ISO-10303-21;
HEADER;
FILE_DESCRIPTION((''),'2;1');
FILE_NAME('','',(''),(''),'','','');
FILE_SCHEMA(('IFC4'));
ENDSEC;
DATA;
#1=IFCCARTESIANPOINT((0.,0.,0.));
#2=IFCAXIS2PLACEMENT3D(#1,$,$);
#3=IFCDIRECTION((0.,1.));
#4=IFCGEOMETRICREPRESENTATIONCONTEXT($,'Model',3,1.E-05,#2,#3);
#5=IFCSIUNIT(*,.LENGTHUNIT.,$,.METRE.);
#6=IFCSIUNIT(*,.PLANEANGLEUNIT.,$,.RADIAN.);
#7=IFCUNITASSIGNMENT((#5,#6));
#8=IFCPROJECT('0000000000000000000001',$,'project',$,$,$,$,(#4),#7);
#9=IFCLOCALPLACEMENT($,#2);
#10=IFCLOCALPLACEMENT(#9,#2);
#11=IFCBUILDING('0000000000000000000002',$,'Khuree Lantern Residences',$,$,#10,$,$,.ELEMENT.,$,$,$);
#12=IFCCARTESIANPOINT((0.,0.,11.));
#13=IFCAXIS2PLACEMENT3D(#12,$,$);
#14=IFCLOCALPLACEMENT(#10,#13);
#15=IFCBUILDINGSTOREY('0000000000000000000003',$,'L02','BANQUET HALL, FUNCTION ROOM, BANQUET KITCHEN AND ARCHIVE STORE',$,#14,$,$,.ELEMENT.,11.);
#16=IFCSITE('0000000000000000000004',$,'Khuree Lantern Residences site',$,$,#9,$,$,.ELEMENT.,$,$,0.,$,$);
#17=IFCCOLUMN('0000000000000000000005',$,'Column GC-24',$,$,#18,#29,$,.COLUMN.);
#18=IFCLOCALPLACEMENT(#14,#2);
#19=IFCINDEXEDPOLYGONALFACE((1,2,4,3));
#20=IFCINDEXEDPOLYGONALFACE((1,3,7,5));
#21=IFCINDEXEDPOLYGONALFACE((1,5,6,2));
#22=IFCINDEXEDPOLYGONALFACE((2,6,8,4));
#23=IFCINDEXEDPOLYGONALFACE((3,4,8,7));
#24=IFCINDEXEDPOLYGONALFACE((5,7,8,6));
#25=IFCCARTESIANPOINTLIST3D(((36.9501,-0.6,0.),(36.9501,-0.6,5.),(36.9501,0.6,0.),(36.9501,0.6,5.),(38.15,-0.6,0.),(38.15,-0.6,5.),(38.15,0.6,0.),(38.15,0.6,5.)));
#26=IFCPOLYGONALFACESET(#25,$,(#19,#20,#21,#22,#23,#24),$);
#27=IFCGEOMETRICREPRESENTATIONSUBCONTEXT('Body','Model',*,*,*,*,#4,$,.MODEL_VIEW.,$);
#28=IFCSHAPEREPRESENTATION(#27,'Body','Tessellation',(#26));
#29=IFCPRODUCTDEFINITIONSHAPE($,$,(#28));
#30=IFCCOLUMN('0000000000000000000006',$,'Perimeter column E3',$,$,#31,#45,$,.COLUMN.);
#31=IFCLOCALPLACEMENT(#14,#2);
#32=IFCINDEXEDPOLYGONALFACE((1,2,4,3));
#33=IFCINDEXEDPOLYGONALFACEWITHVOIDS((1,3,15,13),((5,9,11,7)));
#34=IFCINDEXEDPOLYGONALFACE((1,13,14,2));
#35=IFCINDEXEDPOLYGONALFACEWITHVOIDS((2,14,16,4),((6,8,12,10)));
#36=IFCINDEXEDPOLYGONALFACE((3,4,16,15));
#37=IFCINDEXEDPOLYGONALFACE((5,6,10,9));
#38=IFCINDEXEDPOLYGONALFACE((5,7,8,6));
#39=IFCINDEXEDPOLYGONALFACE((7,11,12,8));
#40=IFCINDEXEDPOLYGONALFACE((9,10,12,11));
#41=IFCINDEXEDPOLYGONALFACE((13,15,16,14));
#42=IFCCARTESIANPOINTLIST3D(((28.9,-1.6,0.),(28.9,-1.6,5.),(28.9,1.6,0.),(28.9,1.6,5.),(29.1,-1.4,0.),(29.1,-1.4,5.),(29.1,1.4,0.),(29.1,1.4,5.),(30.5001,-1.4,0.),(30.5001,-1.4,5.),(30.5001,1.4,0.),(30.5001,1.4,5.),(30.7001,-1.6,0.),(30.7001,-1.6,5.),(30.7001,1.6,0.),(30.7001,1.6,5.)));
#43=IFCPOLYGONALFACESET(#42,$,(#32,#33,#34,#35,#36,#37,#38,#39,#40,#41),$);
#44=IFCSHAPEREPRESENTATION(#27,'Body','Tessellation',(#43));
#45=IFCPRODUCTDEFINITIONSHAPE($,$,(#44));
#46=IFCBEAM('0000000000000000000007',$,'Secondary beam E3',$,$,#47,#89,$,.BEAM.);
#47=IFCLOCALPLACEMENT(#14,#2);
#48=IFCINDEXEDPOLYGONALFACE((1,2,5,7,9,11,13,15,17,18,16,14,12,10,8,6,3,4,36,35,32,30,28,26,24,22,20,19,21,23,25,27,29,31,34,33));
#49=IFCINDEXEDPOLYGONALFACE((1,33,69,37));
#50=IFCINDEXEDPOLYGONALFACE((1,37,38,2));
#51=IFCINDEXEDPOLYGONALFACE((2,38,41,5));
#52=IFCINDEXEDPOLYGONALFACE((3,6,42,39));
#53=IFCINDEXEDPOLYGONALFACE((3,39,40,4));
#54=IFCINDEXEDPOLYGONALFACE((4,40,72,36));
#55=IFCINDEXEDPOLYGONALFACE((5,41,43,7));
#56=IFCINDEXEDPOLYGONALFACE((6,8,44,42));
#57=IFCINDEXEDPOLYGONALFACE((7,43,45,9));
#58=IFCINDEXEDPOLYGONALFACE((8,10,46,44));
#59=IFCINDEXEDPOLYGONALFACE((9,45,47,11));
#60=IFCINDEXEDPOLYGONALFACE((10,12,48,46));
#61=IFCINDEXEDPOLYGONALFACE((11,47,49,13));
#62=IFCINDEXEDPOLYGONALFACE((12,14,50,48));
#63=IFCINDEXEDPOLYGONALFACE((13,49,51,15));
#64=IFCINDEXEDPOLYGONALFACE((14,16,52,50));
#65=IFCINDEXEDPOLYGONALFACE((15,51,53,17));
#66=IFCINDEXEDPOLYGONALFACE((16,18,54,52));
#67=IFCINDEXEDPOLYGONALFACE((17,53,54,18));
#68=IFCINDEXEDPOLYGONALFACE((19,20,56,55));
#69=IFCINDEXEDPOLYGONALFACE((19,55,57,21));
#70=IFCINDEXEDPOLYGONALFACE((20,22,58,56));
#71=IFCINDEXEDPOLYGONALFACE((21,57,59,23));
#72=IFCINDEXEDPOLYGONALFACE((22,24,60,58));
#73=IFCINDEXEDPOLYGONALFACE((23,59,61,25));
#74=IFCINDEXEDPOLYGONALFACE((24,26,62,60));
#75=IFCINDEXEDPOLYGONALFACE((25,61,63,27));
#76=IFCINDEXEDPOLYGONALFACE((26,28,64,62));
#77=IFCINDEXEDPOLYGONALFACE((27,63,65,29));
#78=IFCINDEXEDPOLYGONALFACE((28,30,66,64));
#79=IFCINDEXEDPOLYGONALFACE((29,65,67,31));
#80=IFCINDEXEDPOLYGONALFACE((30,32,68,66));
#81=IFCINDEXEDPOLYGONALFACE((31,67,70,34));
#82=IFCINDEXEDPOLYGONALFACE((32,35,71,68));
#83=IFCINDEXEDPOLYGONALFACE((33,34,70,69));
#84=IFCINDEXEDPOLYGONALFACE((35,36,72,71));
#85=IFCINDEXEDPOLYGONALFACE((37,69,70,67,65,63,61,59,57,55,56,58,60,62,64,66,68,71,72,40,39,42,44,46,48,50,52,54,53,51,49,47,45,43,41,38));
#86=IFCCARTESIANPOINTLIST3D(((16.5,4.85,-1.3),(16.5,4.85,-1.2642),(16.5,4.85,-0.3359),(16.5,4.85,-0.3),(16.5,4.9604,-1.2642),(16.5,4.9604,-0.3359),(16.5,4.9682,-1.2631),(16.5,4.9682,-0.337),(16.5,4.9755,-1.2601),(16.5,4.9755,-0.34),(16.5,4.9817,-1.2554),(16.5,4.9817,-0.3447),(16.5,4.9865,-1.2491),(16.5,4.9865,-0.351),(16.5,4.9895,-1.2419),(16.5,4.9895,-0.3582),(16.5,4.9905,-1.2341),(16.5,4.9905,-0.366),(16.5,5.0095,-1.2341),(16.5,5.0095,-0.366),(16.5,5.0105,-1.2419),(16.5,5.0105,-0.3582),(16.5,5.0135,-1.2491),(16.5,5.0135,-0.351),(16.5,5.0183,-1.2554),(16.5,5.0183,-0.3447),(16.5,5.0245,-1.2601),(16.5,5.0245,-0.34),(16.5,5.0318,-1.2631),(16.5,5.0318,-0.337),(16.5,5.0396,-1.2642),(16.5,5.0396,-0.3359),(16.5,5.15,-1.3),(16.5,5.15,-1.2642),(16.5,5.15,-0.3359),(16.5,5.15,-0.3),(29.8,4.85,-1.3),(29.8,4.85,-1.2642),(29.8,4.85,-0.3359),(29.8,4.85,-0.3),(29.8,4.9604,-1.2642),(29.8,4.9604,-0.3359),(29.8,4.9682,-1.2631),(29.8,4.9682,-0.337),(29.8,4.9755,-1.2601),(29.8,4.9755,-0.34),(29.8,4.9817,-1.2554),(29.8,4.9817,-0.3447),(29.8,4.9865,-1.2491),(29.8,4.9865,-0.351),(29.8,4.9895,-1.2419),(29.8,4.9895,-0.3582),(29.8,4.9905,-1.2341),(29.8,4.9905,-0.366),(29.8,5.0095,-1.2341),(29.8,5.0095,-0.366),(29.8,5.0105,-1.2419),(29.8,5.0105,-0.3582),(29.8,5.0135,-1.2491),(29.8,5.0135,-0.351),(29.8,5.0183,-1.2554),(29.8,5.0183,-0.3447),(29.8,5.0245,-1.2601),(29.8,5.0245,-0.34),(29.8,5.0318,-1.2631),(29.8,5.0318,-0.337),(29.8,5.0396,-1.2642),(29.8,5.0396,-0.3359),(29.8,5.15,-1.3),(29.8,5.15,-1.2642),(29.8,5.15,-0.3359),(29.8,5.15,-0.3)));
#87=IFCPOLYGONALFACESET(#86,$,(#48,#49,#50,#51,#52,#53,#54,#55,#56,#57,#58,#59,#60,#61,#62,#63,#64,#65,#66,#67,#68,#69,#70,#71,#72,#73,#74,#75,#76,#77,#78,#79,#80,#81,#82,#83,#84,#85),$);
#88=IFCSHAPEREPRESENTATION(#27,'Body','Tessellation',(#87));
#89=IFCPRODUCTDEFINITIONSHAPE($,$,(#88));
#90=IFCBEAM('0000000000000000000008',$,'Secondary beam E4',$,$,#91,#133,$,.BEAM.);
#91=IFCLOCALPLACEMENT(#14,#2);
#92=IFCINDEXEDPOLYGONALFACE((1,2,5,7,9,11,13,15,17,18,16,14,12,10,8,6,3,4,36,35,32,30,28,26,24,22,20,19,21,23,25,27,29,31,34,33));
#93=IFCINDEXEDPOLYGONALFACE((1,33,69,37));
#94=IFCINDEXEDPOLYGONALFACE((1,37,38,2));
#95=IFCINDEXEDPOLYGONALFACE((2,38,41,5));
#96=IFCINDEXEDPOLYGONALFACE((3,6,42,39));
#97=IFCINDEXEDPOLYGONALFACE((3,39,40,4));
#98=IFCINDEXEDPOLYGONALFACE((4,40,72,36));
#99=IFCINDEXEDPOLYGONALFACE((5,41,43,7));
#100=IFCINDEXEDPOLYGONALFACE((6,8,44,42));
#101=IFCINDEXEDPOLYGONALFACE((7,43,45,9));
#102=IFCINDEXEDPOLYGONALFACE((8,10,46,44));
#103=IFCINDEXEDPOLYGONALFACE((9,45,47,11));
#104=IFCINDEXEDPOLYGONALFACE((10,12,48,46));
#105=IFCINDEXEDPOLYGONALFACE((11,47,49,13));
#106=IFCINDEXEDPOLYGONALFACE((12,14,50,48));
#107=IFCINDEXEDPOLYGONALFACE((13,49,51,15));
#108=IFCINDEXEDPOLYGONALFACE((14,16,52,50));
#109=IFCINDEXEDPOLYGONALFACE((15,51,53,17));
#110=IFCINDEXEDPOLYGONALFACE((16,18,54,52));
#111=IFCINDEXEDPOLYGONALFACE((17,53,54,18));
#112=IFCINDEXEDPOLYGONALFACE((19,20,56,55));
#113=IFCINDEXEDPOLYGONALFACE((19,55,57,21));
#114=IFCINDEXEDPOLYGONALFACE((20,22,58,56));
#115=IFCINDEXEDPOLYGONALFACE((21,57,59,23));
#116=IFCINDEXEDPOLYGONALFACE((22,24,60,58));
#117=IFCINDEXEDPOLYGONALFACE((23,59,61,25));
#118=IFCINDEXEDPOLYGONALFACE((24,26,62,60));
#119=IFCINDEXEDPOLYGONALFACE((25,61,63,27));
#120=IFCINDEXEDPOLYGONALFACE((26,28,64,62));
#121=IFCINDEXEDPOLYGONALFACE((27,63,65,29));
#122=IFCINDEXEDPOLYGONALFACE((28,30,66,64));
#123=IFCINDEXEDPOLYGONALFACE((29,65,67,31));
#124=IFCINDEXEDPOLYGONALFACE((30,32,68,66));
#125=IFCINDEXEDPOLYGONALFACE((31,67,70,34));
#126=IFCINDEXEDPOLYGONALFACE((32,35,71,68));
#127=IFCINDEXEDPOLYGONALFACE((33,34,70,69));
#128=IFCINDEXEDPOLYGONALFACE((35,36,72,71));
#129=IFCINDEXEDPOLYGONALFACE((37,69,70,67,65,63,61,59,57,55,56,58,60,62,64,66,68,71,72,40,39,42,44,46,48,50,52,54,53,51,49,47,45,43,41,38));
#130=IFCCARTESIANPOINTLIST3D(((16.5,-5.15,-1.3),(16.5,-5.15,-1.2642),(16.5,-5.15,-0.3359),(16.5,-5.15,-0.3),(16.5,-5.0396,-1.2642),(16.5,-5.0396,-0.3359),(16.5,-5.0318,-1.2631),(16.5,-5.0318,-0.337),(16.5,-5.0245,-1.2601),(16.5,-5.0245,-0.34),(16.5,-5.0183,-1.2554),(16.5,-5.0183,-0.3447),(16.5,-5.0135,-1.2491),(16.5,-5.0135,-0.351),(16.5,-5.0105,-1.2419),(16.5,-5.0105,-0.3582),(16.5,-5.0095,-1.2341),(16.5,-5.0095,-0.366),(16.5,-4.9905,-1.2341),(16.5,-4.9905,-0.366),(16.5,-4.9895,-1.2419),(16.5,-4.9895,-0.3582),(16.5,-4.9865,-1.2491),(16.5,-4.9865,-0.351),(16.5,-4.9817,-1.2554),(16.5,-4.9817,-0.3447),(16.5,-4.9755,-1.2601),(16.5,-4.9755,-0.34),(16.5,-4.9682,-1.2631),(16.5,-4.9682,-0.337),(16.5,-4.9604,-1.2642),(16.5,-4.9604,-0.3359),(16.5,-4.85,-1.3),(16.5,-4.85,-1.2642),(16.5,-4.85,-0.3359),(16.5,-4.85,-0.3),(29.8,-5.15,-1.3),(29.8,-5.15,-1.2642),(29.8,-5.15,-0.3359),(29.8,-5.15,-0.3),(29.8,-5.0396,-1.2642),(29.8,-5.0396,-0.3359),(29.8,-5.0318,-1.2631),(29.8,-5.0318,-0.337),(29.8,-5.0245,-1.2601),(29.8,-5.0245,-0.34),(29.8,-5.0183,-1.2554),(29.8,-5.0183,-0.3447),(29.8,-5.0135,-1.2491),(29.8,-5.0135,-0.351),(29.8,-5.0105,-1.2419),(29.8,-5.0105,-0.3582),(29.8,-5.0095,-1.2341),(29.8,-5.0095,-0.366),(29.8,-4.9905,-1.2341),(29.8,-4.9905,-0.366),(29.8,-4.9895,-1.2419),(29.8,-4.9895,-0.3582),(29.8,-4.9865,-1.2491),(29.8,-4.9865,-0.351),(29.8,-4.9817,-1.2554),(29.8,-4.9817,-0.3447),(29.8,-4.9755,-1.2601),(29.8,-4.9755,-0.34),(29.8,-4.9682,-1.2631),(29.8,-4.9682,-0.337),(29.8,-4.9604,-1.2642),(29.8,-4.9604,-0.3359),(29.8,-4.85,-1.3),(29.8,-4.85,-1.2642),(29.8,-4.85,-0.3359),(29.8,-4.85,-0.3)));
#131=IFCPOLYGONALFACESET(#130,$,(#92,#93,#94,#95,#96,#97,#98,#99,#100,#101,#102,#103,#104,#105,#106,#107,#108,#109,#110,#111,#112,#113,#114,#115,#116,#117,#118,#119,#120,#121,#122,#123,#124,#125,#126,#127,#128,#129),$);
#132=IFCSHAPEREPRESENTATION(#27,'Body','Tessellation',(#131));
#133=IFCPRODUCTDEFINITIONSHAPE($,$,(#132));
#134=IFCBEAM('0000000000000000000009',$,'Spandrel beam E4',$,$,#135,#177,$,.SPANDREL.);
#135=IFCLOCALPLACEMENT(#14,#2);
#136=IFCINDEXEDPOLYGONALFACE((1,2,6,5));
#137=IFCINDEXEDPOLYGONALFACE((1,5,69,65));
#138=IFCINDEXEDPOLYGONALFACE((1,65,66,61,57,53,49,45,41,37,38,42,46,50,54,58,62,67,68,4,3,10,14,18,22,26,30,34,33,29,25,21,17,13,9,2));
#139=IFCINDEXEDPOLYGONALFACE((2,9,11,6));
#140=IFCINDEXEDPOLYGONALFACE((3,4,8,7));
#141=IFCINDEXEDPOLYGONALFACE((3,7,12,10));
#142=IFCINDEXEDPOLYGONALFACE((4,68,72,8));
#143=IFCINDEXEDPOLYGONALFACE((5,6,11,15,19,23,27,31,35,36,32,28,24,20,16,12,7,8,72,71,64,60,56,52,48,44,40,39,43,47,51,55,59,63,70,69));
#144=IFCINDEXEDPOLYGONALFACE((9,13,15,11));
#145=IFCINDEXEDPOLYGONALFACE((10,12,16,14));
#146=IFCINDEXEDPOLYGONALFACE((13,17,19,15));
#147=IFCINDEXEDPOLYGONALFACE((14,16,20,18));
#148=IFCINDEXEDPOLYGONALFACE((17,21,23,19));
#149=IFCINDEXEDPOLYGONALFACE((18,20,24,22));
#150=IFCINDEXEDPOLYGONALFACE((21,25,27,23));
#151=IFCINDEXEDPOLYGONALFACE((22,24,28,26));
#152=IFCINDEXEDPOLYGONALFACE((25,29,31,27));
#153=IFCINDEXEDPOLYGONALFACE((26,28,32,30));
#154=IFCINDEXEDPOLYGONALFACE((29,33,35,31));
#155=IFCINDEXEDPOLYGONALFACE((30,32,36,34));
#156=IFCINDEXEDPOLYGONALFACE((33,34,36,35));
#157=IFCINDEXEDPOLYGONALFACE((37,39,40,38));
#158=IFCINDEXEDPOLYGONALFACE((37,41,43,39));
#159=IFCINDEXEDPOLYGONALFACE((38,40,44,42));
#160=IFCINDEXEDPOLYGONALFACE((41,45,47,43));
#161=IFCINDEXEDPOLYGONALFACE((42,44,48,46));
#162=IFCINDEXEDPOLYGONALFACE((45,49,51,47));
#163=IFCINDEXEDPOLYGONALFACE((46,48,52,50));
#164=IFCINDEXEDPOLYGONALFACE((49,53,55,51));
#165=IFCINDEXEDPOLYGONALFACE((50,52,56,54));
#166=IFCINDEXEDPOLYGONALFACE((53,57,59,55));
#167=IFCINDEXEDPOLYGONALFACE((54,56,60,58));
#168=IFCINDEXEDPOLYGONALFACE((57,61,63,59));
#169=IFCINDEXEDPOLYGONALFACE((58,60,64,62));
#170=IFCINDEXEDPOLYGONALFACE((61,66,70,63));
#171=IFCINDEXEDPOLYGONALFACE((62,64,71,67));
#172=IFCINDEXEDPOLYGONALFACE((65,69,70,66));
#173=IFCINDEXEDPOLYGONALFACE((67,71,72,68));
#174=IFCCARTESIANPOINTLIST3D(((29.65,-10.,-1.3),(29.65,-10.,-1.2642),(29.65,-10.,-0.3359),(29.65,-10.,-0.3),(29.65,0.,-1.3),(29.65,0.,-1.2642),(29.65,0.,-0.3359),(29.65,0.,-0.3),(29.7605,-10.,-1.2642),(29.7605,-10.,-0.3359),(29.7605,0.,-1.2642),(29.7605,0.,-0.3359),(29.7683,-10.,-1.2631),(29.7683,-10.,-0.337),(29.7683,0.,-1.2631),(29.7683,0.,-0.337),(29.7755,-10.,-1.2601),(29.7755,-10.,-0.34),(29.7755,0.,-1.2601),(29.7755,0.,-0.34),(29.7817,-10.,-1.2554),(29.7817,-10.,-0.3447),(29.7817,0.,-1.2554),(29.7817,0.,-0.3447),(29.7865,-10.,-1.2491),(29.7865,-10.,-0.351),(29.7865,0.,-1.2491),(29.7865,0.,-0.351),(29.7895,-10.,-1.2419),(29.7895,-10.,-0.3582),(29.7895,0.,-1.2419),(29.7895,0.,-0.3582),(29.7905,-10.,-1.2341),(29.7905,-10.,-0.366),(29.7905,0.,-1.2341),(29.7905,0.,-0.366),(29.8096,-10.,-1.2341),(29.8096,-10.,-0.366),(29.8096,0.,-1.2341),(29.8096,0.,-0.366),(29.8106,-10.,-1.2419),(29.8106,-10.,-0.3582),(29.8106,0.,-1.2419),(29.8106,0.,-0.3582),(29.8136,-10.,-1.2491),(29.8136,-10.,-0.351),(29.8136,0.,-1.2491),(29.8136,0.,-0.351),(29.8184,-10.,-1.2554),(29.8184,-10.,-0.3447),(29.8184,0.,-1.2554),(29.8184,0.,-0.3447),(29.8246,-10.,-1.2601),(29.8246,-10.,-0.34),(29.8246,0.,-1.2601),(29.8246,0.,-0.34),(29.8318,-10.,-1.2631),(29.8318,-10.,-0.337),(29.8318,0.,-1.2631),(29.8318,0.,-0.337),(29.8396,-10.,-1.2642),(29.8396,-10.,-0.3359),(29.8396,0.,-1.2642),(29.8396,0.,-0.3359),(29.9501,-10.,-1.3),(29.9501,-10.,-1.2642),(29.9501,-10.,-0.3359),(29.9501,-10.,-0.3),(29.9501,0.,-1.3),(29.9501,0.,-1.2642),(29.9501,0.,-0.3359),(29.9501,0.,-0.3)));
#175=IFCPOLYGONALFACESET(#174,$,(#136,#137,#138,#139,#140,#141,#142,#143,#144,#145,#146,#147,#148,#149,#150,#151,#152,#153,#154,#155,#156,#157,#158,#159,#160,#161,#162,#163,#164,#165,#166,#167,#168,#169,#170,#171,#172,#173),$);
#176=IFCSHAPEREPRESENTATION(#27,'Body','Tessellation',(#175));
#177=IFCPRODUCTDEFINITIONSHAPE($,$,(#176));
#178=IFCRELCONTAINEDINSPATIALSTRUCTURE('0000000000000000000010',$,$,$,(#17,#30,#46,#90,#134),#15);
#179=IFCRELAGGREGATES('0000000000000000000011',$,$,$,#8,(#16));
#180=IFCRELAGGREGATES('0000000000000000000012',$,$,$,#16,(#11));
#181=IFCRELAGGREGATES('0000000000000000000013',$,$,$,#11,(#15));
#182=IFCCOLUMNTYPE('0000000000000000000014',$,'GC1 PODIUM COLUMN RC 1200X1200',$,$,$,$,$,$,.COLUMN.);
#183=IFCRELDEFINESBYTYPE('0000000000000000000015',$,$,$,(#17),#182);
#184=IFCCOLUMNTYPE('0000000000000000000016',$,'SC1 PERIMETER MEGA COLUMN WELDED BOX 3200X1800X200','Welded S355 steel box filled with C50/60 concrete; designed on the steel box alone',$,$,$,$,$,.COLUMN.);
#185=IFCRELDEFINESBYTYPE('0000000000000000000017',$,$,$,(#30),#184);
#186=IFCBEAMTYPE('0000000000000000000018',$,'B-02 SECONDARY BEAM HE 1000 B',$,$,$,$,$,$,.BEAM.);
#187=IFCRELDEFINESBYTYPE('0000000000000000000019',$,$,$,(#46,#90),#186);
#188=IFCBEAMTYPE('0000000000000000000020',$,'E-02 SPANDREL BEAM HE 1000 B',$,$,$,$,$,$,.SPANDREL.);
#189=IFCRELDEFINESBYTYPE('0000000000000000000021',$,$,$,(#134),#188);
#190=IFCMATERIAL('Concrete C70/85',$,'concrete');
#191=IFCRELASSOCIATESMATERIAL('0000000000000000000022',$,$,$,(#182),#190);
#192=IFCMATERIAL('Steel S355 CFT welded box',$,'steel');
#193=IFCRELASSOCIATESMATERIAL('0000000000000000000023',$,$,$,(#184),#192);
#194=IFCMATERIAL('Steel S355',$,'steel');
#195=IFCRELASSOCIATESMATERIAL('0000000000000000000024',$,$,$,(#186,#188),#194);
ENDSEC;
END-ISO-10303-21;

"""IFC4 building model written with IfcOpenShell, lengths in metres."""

from ifc_helpers import new_model, si_unit, direction, frame, origin, origin_2d, place, context, subcontext, project, spatial, rectangle, hollow_rectangle, i_section, extrude, material, material_profile, profile_set, type_object, element, save


model = new_model("IFC4")

# Units and contexts
model_context = context("Model", 3, precision=1e-05, world=origin(), true_north=direction((0.0, 1.0)))
body_context = subcontext(model_context, "Body", "Model", "MODEL_VIEW")
ifc_project = project(units=[si_unit("LENGTHUNIT", "METRE"), si_unit("PLANEANGLEUNIT", "RADIAN")], contexts=[model_context])

# Site, building, storey
site_placement = place(None, origin())
site = spatial("IfcSite", under=ifc_project, at=site_placement, Name="Khuree Lantern Residences site", CompositionType="ELEMENT", RefElevation=0.0)
building_placement = place(site_placement, origin())
building = spatial("IfcBuilding", under=site, at=building_placement, Name="Khuree Lantern Residences", CompositionType="ELEMENT")
storey_placement = place(building_placement, frame((0.0, 0.0, 11.0)))
storey = spatial("IfcBuildingStorey", under=building, at=storey_placement, Name="L02", Description="BANQUET HALL, FUNCTION ROOM, BANQUET KITCHEN AND ARCHIVE STORE", CompositionType="ELEMENT", Elevation=11.0)

# Columns
ifc_material_1 = material(Name="Concrete C70/85", Category="concrete")
ifc_material_profile_1 = material_profile(ifc_material_1, rectangle(XDim=1.2, YDim=1.2, at=origin_2d()), Name="RC 1200X1200")
ifc_profile_set_1 = profile_set([ifc_material_profile_1], Name="Concrete C70/85")
column_type_1 = type_object("IfcColumnType", Name="GC1 PODIUM COLUMN RC 1200X1200", PredefinedType="COLUMN", material=ifc_profile_set_1)
column_1_placement = place(storey_placement, frame((37.55, 0.0, 0.0), z_axis=(0.0, 0.0, 1.0), x_axis=(1.0, 0.0, 0.0)))
element("IfcColumn", 1, at=column_1_placement, inside=storey, type_object=column_type_1, Name="Column GC-24", PredefinedType="COLUMN", context=body_context, shape_type="SweptSolid", body=[
    extrude(rectangle(XDim=1.2, YDim=1.2, at=origin_2d()), origin(), (0.0, 0.0, 1.0), 5.0),
])
ifc_material_2 = material(Name="Steel S355 CFT welded box", Category="steel")
ifc_material_profile_2 = material_profile(ifc_material_2, hollow_rectangle(XDim=3.2, YDim=1.8, WallThickness=0.2, at=origin_2d()), Name="WELDED BOX 3200X1800X200")
ifc_profile_set_2 = profile_set([ifc_material_profile_2], Name="Steel S355 CFT welded box")
column_type_2 = type_object("IfcColumnType", Name="SC1 PERIMETER MEGA COLUMN WELDED BOX 3200X1800X200", Description="Welded S355 steel box filled with C50/60 concrete; designed on the steel box alone", PredefinedType="COLUMN", material=ifc_profile_set_2)
column_2_placement = place(storey_placement, frame((29.8, 0.0, 0.0), z_axis=(0.0, 0.0, 1.0), x_axis=(0.0, 1.0, 0.0)))
element("IfcColumn", 2, at=column_2_placement, inside=storey, type_object=column_type_2, Name="Perimeter column E3", PredefinedType="COLUMN", context=body_context, shape_type="SweptSolid", body=[
    extrude(hollow_rectangle(XDim=3.2, YDim=1.8, WallThickness=0.2, at=origin_2d()), origin(), (0.0, 0.0, 1.0), 5.0),
])

# Beams
ifc_material_3 = material(Name="Steel S355", Category="steel")
ifc_material_profile_3 = material_profile(ifc_material_3, i_section(OverallWidth=0.3, OverallDepth=1.0, WebThickness=0.019, FlangeThickness=0.0359, FilletRadius=0.03, at=origin_2d()), Name="HE 1000 B")
ifc_profile_set_3 = profile_set([ifc_material_profile_3], Name="Steel S355")
beam_type_1 = type_object("IfcBeamType", Name="B-02 SECONDARY BEAM HE 1000 B", PredefinedType="BEAM", material=ifc_profile_set_3)
for number, where, z_axis, x_axis, name in (
    (3, (29.8, 5.0, -0.8), (-1.0, 0.0, 0.0), (0.0, -1.0, 0.0), "Secondary beam E3"),
    (4, (29.8, -5.0, -0.8), (-1.0, 0.0, 0.0), (0.0, -1.0, 0.0), "Secondary beam E4"),
):
    element("IfcBeam", number, at=place(storey_placement, frame(where, z_axis=z_axis, x_axis=x_axis)), inside=storey, type_object=beam_type_1, Name=name, PredefinedType="BEAM", context=body_context, shape_type="SweptSolid", body=[
        extrude(i_section(OverallWidth=0.3, OverallDepth=1.0, WebThickness=0.019, FlangeThickness=0.0359, FilletRadius=0.03, at=origin_2d()), origin(), (0.0, 0.0, 1.0), 13.3),
    ])
ifc_material_profile_4 = material_profile(ifc_material_3, i_section(OverallWidth=0.3, OverallDepth=1.0, WebThickness=0.019, FlangeThickness=0.0359, FilletRadius=0.03, at=origin_2d()), Name="HE 1000 B")
ifc_profile_set_4 = profile_set([ifc_material_profile_4], Name="Steel S355")
beam_type_2 = type_object("IfcBeamType", Name="E-02 SPANDREL BEAM HE 1000 B", PredefinedType="SPANDREL", material=ifc_profile_set_4)
beam_1_placement = place(storey_placement, frame((29.8, 0.0, -0.8), z_axis=(0.0, -1.0, 0.0), x_axis=(1.0, 0.0, 0.0)))
element("IfcBeam", 5, at=beam_1_placement, inside=storey, type_object=beam_type_2, Name="Spandrel beam E4", PredefinedType="SPANDREL", context=body_context, shape_type="SweptSolid", body=[
    extrude(i_section(OverallWidth=0.3, OverallDepth=1.0, WebThickness=0.019, FlangeThickness=0.0359, FilletRadius=0.03, at=origin_2d()), origin(), (0.0, 0.0, 1.0), 10.0),
])

save(model, "model.ifc")
